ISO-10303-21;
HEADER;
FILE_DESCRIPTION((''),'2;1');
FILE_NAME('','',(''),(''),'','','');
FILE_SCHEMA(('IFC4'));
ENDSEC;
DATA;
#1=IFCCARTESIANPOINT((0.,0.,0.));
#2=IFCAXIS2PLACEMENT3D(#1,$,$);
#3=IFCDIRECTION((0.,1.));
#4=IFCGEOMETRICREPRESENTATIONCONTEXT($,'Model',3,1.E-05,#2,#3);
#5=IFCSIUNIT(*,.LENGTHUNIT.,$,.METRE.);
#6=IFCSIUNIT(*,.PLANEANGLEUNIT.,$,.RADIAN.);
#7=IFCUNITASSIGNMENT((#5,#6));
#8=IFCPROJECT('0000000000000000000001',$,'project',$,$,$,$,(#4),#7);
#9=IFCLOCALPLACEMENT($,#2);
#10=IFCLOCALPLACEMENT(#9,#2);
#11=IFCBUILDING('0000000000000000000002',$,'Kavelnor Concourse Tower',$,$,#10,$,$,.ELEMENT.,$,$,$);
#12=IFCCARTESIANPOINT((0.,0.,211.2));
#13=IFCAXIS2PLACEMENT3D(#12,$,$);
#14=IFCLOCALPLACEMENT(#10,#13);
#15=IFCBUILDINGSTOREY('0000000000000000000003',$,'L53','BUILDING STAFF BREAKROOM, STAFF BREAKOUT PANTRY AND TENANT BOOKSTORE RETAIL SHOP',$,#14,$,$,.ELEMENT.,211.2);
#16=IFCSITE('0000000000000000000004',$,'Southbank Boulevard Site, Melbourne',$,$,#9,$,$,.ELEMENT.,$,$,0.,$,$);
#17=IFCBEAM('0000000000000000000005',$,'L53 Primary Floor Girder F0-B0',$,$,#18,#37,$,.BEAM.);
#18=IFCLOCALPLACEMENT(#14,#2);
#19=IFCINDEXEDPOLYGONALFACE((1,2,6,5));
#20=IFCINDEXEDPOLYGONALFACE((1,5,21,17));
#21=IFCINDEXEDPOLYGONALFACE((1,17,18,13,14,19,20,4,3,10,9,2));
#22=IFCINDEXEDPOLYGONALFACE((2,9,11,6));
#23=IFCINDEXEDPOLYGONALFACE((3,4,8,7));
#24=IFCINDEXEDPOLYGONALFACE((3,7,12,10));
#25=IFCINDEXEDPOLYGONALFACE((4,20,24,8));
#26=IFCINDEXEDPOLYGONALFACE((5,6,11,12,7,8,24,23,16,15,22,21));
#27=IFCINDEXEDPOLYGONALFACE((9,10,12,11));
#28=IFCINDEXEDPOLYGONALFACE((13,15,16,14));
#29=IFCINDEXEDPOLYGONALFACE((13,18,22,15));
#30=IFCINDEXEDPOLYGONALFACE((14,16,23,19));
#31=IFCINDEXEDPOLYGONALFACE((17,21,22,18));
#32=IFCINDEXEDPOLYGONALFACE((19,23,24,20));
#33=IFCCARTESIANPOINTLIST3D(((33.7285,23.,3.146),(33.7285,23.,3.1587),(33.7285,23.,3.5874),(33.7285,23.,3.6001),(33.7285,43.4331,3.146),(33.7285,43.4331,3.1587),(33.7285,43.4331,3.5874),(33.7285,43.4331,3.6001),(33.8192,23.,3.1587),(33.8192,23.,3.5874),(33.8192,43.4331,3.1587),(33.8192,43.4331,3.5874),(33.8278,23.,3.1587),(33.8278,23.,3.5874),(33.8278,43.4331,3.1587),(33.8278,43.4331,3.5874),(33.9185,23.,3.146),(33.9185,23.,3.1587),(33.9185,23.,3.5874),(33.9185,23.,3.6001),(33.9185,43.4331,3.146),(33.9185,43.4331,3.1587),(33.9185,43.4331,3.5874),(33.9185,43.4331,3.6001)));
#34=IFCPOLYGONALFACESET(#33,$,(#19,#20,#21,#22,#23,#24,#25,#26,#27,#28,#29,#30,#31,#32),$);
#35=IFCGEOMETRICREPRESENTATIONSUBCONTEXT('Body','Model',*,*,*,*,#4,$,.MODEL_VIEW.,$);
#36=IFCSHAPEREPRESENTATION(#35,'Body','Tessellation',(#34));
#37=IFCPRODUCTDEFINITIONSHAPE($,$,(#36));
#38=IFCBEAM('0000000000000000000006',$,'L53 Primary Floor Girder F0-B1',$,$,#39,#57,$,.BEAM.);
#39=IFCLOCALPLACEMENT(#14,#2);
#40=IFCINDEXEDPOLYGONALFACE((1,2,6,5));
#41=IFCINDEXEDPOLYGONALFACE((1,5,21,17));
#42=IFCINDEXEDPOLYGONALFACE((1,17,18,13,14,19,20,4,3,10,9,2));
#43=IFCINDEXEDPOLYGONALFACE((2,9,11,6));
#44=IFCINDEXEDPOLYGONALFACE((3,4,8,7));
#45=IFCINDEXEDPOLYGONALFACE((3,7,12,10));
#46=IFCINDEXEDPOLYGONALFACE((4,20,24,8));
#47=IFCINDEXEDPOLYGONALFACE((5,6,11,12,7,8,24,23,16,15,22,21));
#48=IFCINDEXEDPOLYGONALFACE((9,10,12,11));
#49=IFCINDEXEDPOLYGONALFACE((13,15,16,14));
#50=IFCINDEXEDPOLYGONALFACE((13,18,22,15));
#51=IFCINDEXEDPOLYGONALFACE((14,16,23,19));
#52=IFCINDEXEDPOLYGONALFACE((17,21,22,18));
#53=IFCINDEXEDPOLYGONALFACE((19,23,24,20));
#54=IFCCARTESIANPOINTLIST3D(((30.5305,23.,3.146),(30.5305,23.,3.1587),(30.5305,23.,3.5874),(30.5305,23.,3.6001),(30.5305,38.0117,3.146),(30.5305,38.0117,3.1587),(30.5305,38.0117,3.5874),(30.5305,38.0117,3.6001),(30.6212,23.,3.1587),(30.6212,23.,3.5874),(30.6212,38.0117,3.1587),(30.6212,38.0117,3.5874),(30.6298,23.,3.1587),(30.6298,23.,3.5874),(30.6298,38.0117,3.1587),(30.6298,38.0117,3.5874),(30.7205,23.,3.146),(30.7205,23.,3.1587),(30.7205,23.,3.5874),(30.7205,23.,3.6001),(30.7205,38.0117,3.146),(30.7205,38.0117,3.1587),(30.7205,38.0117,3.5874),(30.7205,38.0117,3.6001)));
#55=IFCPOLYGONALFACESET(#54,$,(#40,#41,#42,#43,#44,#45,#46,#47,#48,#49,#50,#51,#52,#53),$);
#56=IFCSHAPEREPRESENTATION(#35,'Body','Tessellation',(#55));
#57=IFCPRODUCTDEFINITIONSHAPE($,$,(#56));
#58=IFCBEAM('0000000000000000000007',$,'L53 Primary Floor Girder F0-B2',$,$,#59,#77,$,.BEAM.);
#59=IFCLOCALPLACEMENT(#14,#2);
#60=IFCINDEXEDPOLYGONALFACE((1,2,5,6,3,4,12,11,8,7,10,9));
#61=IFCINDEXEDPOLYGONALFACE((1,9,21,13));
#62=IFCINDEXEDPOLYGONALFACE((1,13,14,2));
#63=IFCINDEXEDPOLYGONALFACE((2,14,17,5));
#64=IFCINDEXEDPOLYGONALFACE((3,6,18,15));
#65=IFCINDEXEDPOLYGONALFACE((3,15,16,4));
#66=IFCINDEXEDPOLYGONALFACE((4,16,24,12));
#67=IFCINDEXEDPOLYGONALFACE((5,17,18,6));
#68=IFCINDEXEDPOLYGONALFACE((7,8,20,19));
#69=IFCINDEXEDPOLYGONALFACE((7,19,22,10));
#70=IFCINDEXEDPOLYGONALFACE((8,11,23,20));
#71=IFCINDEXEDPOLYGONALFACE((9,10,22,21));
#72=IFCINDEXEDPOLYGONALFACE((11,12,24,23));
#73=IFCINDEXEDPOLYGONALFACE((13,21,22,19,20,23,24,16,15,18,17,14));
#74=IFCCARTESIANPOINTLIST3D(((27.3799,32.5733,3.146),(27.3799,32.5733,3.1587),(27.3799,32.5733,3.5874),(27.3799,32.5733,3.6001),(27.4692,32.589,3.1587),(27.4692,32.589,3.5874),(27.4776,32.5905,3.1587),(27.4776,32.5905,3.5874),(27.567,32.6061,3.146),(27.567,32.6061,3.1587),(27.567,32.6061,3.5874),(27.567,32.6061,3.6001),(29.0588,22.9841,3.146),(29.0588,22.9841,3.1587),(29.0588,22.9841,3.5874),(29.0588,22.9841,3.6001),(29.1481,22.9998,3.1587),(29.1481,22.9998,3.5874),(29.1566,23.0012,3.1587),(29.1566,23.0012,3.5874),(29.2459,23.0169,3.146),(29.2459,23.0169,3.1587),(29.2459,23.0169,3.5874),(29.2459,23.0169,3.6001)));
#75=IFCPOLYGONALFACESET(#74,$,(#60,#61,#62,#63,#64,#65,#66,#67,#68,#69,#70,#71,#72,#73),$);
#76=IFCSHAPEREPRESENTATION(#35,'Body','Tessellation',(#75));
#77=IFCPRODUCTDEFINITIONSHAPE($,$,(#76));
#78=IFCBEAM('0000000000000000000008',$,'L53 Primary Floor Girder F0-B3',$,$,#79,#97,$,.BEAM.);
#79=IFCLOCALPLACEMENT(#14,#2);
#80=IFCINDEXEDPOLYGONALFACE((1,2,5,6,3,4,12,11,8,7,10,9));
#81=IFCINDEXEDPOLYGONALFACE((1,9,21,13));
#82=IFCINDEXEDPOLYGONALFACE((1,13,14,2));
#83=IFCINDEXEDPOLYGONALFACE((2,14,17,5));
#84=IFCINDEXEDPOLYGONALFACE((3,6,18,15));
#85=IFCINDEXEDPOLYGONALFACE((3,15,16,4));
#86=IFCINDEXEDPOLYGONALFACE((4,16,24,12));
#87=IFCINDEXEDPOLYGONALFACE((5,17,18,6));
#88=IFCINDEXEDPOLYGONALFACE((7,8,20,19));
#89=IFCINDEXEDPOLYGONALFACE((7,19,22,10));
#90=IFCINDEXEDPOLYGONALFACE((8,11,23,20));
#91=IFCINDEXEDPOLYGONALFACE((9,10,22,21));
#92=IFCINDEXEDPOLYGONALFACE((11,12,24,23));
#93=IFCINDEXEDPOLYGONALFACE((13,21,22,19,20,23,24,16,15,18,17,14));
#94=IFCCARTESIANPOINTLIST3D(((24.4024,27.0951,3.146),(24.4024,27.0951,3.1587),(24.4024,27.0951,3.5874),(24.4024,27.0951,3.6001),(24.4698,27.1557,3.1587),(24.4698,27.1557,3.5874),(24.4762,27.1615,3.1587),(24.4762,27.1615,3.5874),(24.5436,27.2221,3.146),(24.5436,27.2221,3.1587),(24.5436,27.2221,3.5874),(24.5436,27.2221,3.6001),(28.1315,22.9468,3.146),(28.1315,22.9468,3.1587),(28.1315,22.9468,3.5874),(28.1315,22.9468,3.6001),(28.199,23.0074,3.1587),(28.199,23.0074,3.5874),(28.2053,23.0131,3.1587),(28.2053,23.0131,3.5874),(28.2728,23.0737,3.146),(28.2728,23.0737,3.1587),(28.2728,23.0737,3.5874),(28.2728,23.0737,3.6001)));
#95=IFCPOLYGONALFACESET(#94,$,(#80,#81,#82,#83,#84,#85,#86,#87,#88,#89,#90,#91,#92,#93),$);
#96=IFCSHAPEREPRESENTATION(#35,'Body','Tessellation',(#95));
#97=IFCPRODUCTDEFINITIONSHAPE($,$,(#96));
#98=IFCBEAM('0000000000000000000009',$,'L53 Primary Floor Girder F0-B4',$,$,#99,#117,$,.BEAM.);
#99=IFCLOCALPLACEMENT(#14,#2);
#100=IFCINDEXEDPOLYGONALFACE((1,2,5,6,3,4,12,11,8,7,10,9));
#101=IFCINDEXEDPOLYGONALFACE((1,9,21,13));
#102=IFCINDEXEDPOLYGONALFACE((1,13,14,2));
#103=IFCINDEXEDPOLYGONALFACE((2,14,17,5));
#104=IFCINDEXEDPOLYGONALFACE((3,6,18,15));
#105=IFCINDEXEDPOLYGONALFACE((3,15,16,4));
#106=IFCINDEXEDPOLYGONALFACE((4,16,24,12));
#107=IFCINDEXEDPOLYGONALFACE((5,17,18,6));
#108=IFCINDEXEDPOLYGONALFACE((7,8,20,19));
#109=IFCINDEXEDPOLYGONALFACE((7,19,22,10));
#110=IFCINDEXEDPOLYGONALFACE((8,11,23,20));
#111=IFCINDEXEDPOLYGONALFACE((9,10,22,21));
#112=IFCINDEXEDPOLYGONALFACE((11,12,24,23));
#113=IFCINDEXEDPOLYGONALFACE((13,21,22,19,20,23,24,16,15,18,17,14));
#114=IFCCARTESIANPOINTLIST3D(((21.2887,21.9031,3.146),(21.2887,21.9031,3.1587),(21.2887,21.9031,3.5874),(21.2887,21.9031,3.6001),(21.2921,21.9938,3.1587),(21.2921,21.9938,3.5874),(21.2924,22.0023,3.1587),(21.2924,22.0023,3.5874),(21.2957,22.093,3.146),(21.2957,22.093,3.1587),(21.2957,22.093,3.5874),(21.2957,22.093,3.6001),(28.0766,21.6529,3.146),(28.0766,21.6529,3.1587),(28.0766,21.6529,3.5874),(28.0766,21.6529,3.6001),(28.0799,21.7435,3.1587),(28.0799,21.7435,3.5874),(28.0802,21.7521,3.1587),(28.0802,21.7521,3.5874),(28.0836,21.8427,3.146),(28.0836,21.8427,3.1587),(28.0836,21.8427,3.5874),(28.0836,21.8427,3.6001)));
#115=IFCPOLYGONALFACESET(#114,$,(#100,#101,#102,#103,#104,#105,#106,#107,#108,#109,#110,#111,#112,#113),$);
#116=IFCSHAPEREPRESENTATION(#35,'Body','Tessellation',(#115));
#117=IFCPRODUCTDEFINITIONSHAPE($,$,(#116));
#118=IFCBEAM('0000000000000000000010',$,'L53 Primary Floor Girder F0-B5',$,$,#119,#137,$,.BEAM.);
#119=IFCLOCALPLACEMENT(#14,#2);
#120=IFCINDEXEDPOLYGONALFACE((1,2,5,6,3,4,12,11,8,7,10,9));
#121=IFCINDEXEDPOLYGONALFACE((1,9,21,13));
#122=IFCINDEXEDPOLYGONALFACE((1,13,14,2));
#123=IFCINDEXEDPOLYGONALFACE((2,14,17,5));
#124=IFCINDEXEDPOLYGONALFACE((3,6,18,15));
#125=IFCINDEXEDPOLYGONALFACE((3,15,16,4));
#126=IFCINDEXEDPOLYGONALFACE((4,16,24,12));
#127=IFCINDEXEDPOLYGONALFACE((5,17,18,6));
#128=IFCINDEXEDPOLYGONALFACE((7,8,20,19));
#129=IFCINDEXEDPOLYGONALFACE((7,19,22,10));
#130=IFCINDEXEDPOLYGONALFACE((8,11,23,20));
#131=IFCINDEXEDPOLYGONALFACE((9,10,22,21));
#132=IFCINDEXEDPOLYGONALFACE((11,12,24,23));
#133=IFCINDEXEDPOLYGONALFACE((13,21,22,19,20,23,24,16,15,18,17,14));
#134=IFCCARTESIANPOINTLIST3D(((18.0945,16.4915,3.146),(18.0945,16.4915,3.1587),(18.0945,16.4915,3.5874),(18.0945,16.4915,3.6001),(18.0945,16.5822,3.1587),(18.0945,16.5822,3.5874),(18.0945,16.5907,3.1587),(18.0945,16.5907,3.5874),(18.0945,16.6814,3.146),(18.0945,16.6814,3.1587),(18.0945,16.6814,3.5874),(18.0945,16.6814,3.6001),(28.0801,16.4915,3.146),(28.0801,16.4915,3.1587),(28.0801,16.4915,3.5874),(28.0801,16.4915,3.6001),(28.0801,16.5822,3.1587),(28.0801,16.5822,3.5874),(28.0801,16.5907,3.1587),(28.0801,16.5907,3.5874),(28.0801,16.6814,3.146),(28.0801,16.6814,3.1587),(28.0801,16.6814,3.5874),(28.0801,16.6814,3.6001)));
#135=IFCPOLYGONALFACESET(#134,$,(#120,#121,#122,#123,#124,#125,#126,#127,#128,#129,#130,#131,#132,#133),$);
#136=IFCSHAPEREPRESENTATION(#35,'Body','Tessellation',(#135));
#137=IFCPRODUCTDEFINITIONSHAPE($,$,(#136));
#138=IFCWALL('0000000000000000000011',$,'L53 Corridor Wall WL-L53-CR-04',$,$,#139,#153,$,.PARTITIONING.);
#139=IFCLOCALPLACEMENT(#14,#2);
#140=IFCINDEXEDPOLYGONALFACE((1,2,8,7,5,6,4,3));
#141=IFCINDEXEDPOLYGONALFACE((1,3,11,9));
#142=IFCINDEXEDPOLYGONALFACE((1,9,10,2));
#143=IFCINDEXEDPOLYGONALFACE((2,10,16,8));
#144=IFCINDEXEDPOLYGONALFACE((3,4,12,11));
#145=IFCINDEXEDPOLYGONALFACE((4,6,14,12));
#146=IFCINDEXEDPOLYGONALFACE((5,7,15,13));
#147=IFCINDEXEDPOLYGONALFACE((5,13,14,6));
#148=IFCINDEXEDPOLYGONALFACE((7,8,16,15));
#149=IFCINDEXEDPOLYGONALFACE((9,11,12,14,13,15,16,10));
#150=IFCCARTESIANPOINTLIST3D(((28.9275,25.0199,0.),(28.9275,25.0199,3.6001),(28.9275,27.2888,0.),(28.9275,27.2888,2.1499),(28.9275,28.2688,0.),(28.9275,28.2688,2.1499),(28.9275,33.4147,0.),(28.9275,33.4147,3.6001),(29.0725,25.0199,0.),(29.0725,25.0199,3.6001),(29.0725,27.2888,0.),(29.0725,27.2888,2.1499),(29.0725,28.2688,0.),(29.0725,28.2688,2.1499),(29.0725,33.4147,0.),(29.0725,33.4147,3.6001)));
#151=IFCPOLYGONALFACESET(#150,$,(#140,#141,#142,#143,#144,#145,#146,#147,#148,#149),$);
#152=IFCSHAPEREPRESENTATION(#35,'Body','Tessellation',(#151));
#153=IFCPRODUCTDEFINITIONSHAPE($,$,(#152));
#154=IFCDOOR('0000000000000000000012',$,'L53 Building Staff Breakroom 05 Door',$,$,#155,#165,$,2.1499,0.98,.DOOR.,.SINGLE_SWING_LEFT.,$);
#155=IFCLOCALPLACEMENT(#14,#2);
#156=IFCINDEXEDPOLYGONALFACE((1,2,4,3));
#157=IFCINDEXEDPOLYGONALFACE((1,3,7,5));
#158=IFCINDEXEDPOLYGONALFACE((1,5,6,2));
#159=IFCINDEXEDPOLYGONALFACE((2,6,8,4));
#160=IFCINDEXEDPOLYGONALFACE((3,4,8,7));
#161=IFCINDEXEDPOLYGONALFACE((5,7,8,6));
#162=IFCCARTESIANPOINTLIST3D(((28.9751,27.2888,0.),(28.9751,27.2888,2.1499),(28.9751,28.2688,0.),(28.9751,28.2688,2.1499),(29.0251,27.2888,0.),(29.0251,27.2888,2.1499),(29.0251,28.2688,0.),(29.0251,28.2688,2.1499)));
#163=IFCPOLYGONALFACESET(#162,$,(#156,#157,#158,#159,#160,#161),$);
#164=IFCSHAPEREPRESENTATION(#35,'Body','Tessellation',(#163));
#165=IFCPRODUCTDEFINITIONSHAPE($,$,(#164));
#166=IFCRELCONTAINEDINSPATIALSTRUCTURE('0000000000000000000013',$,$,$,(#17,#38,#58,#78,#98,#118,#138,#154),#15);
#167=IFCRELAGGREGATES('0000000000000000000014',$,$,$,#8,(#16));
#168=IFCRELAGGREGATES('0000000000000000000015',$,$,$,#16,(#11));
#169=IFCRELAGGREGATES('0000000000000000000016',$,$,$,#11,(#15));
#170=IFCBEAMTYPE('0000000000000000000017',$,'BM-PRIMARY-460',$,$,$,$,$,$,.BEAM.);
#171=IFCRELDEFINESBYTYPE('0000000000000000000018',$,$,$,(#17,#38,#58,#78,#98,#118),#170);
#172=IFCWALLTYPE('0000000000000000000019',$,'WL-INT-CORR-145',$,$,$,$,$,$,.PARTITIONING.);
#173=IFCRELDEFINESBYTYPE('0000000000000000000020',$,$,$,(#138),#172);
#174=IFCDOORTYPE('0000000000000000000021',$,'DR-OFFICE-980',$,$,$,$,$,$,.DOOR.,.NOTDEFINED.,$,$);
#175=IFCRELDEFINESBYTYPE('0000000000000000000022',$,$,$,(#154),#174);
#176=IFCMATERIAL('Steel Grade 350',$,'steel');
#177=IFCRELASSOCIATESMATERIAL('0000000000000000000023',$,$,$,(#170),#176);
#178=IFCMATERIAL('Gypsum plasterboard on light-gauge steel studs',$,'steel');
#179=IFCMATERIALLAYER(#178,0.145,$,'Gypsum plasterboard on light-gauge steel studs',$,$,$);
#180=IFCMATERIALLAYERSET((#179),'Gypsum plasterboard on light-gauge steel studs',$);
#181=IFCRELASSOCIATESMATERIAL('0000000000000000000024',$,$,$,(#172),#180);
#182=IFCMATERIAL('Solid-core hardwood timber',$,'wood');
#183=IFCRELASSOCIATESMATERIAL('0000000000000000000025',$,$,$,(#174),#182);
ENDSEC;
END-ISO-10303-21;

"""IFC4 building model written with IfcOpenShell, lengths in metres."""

from ifc_helpers import new_model, si_unit, direction, frame, frame_2d, origin, origin_2d, place, context, subcontext, project, spatial, rectangle, i_section, extrude, material, layer, layer_set, material_profile, profile_set, type_object, element, fill, save


model = new_model("IFC4")

# Units and contexts
model_context = context("Model", 3, precision=1e-05, world=origin(), true_north=direction((0.0, 1.0)))
body_context = subcontext(model_context, "Body", "Model", "MODEL_VIEW")
ifc_project = project(units=[si_unit("LENGTHUNIT", "METRE"), si_unit("PLANEANGLEUNIT", "RADIAN")], contexts=[model_context])

# Site, building, storey
site_placement = place(None, origin())
site = spatial("IfcSite", under=ifc_project, at=site_placement, Name="Southbank Boulevard Site, Melbourne", CompositionType="ELEMENT", RefElevation=0.0)
building_placement = place(site_placement, origin())
building = spatial("IfcBuilding", under=site, at=building_placement, Name="Kavelnor Concourse Tower", CompositionType="ELEMENT")
storey_placement = place(building_placement, frame((0.0, 0.0, 211.2)))
storey = spatial("IfcBuildingStorey", under=building, at=storey_placement, Name="L53", Description="BUILDING STAFF BREAKROOM, STAFF BREAKOUT PANTRY AND TENANT BOOKSTORE RETAIL SHOP", CompositionType="ELEMENT", Elevation=211.2)

# Beams
ifc_material_1 = material(Name="Steel Grade 350", Category="steel")
ifc_material_profile = material_profile(ifc_material_1, i_section(OverallWidth=0.1899, OverallDepth=0.4541, WebThickness=0.0085, FlangeThickness=0.0127, at=origin_2d()), Name="460UB67")
ifc_profile_set = profile_set([ifc_material_profile], Name="Steel Grade 350")
beam_type = type_object("IfcBeamType", Name="BM-PRIMARY-460", PredefinedType="BEAM", material=ifc_profile_set)
beam_1_placement = place(storey_placement, frame((33.8235, 23.0, 3.373), z_axis=(0.0, 1.0, 0.0), x_axis=(-1.0, 0.0, 0.0)))
element("IfcBeam", 1, at=beam_1_placement, inside=storey, type_object=beam_type, Name="L53 Primary Floor Girder F0-B0", PredefinedType="BEAM", context=body_context, shape_type="SweptSolid", body=[
    extrude(i_section(OverallWidth=0.1899, OverallDepth=0.4541, WebThickness=0.0085, FlangeThickness=0.0127, at=origin_2d()), origin(), (0.0, 0.0, 1.0), 20.4331),
])
beam_2_placement = place(storey_placement, frame((30.6255, 23.0, 3.373), z_axis=(0.0, 1.0, 0.0), x_axis=(-1.0, 0.0, 0.0)))
element("IfcBeam", 2, at=beam_2_placement, inside=storey, type_object=beam_type, Name="L53 Primary Floor Girder F0-B1", PredefinedType="BEAM", context=body_context, shape_type="SweptSolid", body=[
    extrude(i_section(OverallWidth=0.1899, OverallDepth=0.4541, WebThickness=0.0085, FlangeThickness=0.0127, at=origin_2d()), origin(), (0.0, 0.0, 1.0), 15.0117),
])
beam_3_placement = place(storey_placement, frame((29.1523, 23.0005, 3.373), z_axis=(-0.172462, 0.985016, 0.0), x_axis=(-0.985016, -0.172462, 0.0)))
element("IfcBeam", 3, at=beam_3_placement, inside=storey, type_object=beam_type, Name="L53 Primary Floor Girder F0-B2", PredefinedType="BEAM", context=body_context, shape_type="SweptSolid", body=[
    extrude(i_section(OverallWidth=0.1899, OverallDepth=0.4541, WebThickness=0.0085, FlangeThickness=0.0127, at=origin_2d()), origin(), (0.0, 0.0, 1.0), 9.7351),
])
beam_4_placement = place(storey_placement, frame((28.2021, 23.0103, 3.373), z_axis=(-0.668534, 0.743681, 0.0), x_axis=(-0.743681, -0.668534, 0.0)))
element("IfcBeam", 4, at=beam_4_placement, inside=storey, type_object=beam_type, Name="L53 Primary Floor Girder F0-B3", PredefinedType="BEAM", context=body_context, shape_type="SweptSolid", body=[
    extrude(i_section(OverallWidth=0.1899, OverallDepth=0.4541, WebThickness=0.0085, FlangeThickness=0.0127, at=origin_2d()), origin(), (0.0, 0.0, 1.0), 5.5781),
])
beam_5_placement = place(storey_placement, frame((28.0801, 21.7478, 3.373), z_axis=(-0.999321, 0.036841, 0.0), x_axis=(-0.036841, -0.999321, 0.0)))
element("IfcBeam", 5, at=beam_5_placement, inside=storey, type_object=beam_type, Name="L53 Primary Floor Girder F0-B4", PredefinedType="BEAM", context=body_context, shape_type="SweptSolid", body=[
    extrude(i_section(OverallWidth=0.1899, OverallDepth=0.4541, WebThickness=0.0085, FlangeThickness=0.0127, at=origin_2d()), origin(), (0.0, 0.0, 1.0), 6.7925),
])
beam_6_placement = place(storey_placement, frame((28.0801, 16.5864, 3.373), z_axis=(-1.0, 0.0, 0.0), x_axis=(0.0, -1.0, 0.0)))
element("IfcBeam", 6, at=beam_6_placement, inside=storey, type_object=beam_type, Name="L53 Primary Floor Girder F0-B5", PredefinedType="BEAM", context=body_context, shape_type="SweptSolid", body=[
    extrude(i_section(OverallWidth=0.1899, OverallDepth=0.4541, WebThickness=0.0085, FlangeThickness=0.0127, at=origin_2d()), origin(), (0.0, 0.0, 1.0), 9.9856),
])

# Wall, opening, door
ifc_material_2 = material(Name="Gypsum plasterboard on light-gauge steel studs", Category="steel")
ifc_layer_1 = layer(ifc_material_2, 0.145, Name="Gypsum plasterboard on light-gauge steel studs")
ifc_layer_set_1 = layer_set([ifc_layer_1], Name="Gypsum plasterboard on light-gauge steel studs")
wall_type_1 = type_object("IfcWallType", Name="WL-INT-CORR-145", PredefinedType="PARTITIONING", material=ifc_layer_set_1)
wall_1_placement = place(storey_placement, frame((29.0, 25.02, 0.0), z_axis=(0.0, 0.0, 1.0), x_axis=(0.0, 1.0, 0.0)))
wall_1 = element("IfcWall", 7, at=wall_1_placement, inside=storey, type_object=wall_type_1, Name="L53 Corridor Wall WL-L53-CR-04", PredefinedType="PARTITIONING", context=body_context, shape_type="SweptSolid", body=[
    extrude(rectangle(XDim=8.3948, YDim=0.145, at=frame_2d((4.1973, 0.0))), origin(), (0.0, 0.0, 1.0), 3.6001),
])
opening_1_placement = place(wall_1_placement, frame((2.2688, 0.0, 0.0)))
opening_1 = element("IfcOpeningElement", 8, at=opening_1_placement, cuts=wall_1, PredefinedType="OPENING", context=body_context, shape_type="SweptSolid", body=[
    extrude(rectangle(XDim=0.98, YDim=2.1499, at=frame_2d((0.49, 1.075))), frame((0.0, 0.0825, 0.0), z_axis=(0.0, -1.0, 0.0), x_axis=(1.0, 0.0, 0.0)), (0.0, 0.0, 1.0), 0.165),
])
ifc_material_3 = material(Name="Solid-core hardwood timber", Category="wood")
door_type_1 = type_object("IfcDoorType", Name="DR-OFFICE-980", OperationType="NOTDEFINED", PredefinedType="DOOR", material=ifc_material_3)
door_1_placement = place(opening_1_placement, origin())
door_1 = element("IfcDoor", 9, at=door_1_placement, inside=storey, type_object=door_type_1, Name="L53 Building Staff Breakroom 05 Door", OperationType="SINGLE_SWING_LEFT", OverallHeight=2.1499, OverallWidth=0.98, PredefinedType="DOOR", context=body_context, shape_type="SweptSolid", body=[
    extrude(rectangle(XDim=0.98, YDim=2.1499, at=frame_2d((0.49, 1.075))), frame((0.0, 0.0249, 0.0), z_axis=(0.0, -1.0, 0.0), x_axis=(1.0, 0.0, 0.0)), (0.0, 0.0, 1.0), 0.05),
])
fill(opening_1, door_1)

save(model, "model.ifc")
